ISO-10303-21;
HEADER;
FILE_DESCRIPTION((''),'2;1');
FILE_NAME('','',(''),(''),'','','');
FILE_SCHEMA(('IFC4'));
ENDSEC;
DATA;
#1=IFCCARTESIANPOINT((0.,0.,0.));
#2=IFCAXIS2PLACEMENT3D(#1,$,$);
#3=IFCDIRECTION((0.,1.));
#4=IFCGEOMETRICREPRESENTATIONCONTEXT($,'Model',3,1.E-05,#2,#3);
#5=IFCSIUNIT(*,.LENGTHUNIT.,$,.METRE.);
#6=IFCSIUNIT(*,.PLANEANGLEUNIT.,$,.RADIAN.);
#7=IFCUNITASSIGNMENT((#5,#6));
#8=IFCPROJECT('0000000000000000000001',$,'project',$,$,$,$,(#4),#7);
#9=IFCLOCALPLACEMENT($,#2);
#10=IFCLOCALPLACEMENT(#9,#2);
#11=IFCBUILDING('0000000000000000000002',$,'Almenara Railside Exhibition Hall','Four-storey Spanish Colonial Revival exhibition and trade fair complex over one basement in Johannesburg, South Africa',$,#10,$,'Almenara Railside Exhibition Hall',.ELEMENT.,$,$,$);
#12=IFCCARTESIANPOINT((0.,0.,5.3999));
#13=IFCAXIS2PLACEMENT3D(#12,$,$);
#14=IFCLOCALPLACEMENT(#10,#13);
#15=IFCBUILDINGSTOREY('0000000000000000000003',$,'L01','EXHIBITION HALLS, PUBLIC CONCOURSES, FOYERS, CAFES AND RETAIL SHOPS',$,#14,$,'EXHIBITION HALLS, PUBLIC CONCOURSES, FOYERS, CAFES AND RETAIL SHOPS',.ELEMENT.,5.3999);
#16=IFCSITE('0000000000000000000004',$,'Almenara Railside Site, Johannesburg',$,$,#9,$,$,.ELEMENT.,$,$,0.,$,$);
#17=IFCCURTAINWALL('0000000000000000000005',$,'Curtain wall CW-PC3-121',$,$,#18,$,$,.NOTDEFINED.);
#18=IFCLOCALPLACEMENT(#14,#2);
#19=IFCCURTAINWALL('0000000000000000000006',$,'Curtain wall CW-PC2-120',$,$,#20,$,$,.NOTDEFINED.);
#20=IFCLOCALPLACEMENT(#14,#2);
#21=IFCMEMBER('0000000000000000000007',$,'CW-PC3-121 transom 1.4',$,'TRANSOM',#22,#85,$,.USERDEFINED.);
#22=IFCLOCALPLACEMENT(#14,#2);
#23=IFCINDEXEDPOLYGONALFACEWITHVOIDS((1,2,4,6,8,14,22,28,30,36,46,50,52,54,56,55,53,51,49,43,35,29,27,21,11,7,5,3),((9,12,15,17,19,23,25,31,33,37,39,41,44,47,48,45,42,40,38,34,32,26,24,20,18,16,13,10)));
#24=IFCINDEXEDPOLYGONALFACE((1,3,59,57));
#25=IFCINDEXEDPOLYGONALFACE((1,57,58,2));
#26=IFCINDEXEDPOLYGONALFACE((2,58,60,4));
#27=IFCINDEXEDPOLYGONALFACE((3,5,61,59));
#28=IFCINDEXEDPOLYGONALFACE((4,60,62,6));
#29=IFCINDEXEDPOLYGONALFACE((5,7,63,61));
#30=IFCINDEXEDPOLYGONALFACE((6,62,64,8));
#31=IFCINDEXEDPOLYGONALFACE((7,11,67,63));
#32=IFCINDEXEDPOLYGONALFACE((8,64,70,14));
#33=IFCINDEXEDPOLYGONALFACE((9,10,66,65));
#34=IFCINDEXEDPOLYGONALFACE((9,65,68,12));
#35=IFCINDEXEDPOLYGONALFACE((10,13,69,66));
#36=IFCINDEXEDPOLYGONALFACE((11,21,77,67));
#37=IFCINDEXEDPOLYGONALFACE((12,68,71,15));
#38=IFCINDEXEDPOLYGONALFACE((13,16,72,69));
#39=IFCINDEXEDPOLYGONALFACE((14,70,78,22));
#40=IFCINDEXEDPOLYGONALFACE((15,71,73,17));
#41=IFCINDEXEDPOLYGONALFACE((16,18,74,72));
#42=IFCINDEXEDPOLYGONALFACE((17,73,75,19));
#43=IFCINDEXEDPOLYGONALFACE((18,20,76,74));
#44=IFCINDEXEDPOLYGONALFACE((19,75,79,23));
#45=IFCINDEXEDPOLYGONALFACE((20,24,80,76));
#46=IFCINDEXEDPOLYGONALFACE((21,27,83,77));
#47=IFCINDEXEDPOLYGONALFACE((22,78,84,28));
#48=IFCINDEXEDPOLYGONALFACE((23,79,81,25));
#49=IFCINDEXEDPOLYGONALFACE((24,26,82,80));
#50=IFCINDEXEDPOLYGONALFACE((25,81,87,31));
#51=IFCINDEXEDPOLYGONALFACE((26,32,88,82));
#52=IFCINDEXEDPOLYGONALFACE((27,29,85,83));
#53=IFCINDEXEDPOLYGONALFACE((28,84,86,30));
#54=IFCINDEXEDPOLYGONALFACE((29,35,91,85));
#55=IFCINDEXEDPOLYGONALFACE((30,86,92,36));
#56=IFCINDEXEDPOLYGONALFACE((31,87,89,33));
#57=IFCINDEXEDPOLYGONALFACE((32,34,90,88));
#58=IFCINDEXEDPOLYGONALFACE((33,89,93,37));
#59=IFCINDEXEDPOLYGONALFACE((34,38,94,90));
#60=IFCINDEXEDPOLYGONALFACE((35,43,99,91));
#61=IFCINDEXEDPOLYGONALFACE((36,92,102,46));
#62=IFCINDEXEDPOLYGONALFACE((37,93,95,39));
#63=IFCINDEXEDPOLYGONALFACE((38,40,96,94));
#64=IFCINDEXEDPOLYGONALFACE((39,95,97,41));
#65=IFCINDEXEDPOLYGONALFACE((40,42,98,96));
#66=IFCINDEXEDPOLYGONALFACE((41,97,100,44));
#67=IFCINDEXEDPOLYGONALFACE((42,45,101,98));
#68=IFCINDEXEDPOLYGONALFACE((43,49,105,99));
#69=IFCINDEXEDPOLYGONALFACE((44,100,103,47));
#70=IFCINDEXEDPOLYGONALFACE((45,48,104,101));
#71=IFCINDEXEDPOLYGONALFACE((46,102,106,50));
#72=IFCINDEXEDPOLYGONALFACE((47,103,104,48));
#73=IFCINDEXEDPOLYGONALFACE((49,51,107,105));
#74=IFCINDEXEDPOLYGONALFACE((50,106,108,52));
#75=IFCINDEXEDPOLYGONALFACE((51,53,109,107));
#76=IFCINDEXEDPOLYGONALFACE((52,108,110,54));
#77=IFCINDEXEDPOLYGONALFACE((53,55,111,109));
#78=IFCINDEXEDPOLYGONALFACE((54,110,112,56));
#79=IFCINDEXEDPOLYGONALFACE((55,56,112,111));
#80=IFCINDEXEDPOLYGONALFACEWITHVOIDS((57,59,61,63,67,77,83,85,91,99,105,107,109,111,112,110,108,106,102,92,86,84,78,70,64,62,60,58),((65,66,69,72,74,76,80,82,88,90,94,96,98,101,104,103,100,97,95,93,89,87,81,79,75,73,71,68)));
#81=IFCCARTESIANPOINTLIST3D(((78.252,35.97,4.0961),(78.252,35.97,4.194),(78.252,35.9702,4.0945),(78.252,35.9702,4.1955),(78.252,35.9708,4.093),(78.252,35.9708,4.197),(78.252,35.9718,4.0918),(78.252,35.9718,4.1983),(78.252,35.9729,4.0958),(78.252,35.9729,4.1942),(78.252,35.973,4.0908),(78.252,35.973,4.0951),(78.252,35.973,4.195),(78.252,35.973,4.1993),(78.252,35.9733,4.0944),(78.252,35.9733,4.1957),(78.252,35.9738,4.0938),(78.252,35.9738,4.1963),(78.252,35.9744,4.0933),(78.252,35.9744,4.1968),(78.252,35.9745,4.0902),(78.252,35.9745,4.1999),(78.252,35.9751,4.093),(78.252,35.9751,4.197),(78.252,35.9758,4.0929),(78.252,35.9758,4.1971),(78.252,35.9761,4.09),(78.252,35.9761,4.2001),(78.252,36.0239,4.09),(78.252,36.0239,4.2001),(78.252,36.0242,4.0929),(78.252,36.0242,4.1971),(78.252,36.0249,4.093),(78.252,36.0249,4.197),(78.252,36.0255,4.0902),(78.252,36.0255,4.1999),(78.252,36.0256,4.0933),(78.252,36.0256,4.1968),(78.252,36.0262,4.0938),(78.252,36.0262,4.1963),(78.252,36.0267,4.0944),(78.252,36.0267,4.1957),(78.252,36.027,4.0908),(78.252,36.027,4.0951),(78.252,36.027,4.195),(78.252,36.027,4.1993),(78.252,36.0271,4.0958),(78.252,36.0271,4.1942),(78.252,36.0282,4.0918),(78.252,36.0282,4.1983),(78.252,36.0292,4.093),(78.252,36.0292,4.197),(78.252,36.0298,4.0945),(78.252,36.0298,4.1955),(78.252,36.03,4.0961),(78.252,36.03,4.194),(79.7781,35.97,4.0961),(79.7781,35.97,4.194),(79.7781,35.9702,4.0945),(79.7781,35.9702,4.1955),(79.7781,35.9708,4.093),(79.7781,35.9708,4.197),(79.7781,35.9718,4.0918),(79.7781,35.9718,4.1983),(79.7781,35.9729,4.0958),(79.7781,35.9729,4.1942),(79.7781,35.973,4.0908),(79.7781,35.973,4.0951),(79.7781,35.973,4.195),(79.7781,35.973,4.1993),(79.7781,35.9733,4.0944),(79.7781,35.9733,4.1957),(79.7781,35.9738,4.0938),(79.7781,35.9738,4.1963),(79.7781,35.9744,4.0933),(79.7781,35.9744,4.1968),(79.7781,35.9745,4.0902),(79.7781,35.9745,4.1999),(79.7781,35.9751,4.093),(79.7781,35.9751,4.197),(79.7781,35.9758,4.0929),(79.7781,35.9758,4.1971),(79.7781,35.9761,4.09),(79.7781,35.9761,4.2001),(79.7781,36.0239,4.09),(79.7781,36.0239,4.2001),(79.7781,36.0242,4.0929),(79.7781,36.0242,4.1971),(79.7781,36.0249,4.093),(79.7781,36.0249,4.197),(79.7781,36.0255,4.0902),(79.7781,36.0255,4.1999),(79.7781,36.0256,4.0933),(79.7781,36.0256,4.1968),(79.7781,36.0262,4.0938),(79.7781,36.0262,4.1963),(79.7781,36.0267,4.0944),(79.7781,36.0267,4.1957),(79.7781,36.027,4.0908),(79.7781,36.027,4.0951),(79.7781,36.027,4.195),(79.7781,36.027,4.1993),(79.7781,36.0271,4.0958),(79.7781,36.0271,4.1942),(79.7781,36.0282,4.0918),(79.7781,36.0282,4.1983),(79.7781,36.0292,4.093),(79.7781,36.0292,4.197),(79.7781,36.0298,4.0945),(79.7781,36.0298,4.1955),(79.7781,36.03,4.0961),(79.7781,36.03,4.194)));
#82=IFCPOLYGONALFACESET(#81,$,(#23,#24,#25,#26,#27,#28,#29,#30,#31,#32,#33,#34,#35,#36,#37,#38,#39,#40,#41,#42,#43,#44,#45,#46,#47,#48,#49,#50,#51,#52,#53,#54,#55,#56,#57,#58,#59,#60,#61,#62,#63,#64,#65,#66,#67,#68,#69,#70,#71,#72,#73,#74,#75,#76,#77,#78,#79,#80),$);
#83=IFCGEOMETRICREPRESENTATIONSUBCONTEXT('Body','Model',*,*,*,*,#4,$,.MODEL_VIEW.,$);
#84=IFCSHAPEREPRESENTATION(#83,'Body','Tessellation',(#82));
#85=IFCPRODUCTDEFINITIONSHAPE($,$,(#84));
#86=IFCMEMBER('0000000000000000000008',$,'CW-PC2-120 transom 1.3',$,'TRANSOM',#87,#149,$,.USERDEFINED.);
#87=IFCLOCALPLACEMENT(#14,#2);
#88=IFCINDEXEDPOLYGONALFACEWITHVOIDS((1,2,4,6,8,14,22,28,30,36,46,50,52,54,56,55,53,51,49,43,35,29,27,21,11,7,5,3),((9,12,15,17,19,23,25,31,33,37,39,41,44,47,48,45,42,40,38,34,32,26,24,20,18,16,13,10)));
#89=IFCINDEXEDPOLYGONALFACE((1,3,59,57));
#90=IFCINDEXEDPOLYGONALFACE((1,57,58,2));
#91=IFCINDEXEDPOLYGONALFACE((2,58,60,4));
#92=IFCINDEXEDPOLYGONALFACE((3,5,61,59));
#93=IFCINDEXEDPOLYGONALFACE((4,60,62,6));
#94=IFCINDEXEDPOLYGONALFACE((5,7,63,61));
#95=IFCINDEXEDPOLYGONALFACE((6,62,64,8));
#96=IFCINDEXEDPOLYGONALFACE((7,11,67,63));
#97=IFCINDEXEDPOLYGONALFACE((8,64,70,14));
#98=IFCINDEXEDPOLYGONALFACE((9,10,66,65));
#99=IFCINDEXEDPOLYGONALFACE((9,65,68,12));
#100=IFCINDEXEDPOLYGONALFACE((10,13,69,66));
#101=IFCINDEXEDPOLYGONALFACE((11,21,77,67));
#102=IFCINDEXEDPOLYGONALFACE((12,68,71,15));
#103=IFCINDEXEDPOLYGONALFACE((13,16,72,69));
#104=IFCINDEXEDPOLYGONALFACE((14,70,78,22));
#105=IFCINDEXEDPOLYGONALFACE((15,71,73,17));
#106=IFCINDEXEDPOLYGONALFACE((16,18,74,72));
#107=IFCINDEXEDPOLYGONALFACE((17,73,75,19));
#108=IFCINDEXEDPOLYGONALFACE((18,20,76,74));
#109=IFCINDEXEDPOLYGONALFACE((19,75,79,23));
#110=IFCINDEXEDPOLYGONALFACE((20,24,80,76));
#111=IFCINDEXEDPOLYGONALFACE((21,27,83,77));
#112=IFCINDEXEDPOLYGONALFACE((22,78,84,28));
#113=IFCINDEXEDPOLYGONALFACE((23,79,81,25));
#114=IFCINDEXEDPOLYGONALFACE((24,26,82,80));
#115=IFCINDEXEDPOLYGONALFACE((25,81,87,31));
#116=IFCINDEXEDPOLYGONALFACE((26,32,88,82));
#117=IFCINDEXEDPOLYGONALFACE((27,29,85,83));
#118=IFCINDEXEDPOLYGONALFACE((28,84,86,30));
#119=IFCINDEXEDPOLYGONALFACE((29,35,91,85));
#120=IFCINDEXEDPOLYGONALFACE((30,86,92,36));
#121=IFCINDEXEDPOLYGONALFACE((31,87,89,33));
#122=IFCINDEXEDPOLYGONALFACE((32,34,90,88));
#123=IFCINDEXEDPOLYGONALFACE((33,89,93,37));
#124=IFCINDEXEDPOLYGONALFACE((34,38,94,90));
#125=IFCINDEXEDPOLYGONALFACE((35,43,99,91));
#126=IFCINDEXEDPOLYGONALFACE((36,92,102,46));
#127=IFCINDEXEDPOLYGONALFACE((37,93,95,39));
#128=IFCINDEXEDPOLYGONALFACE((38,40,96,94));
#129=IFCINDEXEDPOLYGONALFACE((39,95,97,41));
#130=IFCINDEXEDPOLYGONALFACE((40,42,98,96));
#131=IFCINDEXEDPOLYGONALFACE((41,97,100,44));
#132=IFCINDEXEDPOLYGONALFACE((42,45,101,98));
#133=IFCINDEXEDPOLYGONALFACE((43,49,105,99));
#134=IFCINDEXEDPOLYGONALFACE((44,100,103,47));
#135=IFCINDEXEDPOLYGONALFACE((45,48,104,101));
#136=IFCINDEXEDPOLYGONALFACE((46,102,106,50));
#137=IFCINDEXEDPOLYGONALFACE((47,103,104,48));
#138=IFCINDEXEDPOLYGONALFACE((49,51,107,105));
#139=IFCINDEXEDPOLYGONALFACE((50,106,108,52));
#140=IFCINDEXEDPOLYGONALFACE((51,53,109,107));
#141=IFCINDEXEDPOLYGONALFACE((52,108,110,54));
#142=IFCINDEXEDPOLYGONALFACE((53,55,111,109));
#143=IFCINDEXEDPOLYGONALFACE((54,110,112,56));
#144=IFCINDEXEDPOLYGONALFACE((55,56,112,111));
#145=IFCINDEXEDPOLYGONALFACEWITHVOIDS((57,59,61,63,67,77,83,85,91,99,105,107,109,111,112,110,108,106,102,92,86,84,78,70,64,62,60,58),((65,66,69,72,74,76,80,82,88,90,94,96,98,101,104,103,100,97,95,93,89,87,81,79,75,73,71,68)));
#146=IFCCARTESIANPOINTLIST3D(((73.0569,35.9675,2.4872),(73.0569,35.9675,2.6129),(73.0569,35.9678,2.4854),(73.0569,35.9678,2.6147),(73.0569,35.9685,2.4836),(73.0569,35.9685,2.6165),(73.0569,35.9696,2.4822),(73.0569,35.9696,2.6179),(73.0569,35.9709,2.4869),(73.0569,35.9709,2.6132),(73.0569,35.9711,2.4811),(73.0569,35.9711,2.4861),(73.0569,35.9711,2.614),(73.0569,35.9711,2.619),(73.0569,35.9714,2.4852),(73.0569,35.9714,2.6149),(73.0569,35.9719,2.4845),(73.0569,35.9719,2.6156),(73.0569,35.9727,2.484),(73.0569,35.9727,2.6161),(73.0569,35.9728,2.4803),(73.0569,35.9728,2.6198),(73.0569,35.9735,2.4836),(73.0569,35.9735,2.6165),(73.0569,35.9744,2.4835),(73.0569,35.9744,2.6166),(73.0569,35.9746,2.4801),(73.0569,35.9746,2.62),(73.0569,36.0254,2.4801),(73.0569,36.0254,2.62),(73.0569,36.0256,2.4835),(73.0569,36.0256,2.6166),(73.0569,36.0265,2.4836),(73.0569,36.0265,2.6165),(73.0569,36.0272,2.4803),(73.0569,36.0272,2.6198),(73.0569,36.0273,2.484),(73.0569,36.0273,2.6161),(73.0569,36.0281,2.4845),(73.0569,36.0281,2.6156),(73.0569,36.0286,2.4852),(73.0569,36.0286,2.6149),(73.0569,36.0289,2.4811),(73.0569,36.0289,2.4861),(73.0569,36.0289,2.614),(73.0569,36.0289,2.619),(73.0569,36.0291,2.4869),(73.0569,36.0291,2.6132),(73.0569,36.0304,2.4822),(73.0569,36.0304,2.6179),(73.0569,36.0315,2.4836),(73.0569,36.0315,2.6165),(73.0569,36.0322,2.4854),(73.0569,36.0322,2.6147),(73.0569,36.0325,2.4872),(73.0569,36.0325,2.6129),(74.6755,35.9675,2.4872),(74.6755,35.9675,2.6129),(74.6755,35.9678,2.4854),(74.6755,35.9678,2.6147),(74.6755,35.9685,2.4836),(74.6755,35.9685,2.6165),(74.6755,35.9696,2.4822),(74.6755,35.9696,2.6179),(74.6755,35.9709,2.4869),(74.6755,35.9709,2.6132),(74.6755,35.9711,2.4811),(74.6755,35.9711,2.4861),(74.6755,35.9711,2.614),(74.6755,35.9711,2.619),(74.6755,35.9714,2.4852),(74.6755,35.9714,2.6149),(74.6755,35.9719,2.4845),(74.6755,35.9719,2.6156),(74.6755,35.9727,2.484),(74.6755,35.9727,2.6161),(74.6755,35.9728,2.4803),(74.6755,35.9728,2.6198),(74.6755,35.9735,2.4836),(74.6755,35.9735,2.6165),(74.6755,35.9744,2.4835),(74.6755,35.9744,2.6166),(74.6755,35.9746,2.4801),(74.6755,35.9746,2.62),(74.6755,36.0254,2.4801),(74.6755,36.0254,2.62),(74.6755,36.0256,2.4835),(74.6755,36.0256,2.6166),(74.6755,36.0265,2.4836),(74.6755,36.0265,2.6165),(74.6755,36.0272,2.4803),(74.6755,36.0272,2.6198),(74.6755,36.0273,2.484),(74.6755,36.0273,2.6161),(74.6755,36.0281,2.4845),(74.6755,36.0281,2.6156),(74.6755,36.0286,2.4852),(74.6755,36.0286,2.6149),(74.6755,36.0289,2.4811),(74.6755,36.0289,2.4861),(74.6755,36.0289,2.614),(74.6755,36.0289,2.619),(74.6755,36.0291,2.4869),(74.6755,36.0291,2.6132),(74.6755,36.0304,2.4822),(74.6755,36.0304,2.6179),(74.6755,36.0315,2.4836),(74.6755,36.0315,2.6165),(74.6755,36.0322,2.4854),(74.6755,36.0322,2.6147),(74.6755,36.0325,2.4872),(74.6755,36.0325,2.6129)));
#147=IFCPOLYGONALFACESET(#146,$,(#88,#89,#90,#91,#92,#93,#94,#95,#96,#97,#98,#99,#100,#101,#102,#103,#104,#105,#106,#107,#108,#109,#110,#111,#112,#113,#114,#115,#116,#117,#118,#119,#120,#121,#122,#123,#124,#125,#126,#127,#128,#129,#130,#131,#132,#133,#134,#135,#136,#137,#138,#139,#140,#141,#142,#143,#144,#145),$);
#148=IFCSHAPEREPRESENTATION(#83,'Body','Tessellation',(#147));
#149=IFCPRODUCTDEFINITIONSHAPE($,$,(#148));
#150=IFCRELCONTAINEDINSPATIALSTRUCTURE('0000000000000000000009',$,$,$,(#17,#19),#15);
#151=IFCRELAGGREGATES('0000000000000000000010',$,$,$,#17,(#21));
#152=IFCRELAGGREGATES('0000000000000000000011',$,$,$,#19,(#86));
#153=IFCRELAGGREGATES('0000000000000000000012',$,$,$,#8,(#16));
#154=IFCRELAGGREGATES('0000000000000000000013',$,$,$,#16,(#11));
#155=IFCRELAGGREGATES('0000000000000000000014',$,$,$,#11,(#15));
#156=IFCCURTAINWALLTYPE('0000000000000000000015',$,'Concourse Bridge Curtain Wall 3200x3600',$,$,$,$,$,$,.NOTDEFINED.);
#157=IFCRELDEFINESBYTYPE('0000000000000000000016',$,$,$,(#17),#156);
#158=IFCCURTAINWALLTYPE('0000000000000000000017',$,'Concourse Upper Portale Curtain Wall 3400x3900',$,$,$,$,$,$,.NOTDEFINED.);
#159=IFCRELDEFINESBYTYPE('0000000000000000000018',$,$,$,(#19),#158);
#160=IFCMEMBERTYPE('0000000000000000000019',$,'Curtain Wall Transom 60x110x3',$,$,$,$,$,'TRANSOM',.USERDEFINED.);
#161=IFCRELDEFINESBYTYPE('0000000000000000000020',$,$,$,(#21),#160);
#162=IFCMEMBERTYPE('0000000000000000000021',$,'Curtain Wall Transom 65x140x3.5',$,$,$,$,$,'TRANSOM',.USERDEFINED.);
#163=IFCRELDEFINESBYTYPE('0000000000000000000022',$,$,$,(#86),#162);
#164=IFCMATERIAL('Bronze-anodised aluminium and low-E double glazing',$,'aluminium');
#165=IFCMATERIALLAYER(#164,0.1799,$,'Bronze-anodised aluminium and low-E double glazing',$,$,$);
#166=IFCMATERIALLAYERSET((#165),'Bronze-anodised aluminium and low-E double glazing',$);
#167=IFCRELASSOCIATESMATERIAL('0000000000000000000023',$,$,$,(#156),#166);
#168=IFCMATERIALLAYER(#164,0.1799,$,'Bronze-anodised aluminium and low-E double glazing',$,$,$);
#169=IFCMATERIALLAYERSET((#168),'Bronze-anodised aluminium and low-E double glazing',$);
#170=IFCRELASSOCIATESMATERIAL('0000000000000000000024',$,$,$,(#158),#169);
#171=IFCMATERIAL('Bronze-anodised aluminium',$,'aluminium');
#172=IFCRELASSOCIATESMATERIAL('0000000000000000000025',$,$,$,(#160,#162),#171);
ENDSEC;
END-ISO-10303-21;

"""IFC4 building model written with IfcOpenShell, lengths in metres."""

from ifc_helpers import new_model, si_unit, direction, frame, origin, origin_2d, place, context, subcontext, project, spatial, hollow_rectangle, extrude, material, layer, layer_set, material_profile, profile_set, type_object, element, aggregate, save


model = new_model("IFC4")

# Units and contexts
model_context = context("Model", 3, precision=1e-05, world=origin(), true_north=direction((0.0, 1.0)))
body_context = subcontext(model_context, "Body", "Model", "MODEL_VIEW")
ifc_project = project(units=[si_unit("LENGTHUNIT", "METRE"), si_unit("PLANEANGLEUNIT", "RADIAN")], contexts=[model_context])

# Site, building, storey
site_placement = place(None, origin())
site = spatial("IfcSite", under=ifc_project, at=site_placement, Name="Almenara Railside Site, Johannesburg", CompositionType="ELEMENT", RefElevation=0.0)
building_placement = place(site_placement, origin())
building = spatial("IfcBuilding", under=site, at=building_placement, Name="Almenara Railside Exhibition Hall", Description="Four-storey Spanish Colonial Revival exhibition and trade fair complex over one basement in Johannesburg, South Africa", LongName="Almenara Railside Exhibition Hall", CompositionType="ELEMENT")
storey_placement = place(building_placement, frame((0.0, 0.0, 5.3999)))
storey = spatial("IfcBuildingStorey", under=building, at=storey_placement, Name="L01", Description="EXHIBITION HALLS, PUBLIC CONCOURSES, FOYERS, CAFES AND RETAIL SHOPS", LongName="EXHIBITION HALLS, PUBLIC CONCOURSES, FOYERS, CAFES AND RETAIL SHOPS", CompositionType="ELEMENT", Elevation=5.3999)

# Curtain wall
ifc_material_1 = material(Name="Bronze-anodised aluminium and low-E double glazing", Category="aluminium")
ifc_layer_1 = layer(ifc_material_1, 0.1799, Name="Bronze-anodised aluminium and low-E double glazing")
ifc_layer_set_1 = layer_set([ifc_layer_1], Name="Bronze-anodised aluminium and low-E double glazing")
curtain_wall_type_1 = type_object("IfcCurtainWallType", Name="Concourse Bridge Curtain Wall 3200x3600", PredefinedType="NOTDEFINED", material=ifc_layer_set_1)
curtain_wall_1_placement = place(storey_placement, origin())
curtain_wall_1 = element("IfcCurtainWall", 1, at=curtain_wall_1_placement, inside=storey, type_object=curtain_wall_type_1, Name="Curtain wall CW-PC3-121", PredefinedType="NOTDEFINED")
ifc_material_2 = material(Name="Bronze-anodised aluminium", Category="aluminium")

# Curtain wall
ifc_layer_2 = layer(ifc_material_1, 0.1799, Name="Bronze-anodised aluminium and low-E double glazing")
ifc_layer_set_2 = layer_set([ifc_layer_2], Name="Bronze-anodised aluminium and low-E double glazing")
curtain_wall_type_2 = type_object("IfcCurtainWallType", Name="Concourse Upper Portale Curtain Wall 3400x3900", PredefinedType="NOTDEFINED", material=ifc_layer_set_2)
curtain_wall_2_placement = place(storey_placement, origin())
curtain_wall_2 = element("IfcCurtainWall", 2, at=curtain_wall_2_placement, inside=storey, type_object=curtain_wall_type_2, Name="Curtain wall CW-PC2-120", PredefinedType="NOTDEFINED")

# Members
ifc_material_profile_1 = material_profile(ifc_material_2, hollow_rectangle(XDim=0.0601, YDim=0.1101, WallThickness=0.0029, InnerFilletRadius=0.0029, OuterFilletRadius=0.0061, at=origin_2d()), Name="ALU-TRN 60x110x3")
ifc_profile_set_1 = profile_set([ifc_material_profile_1], Name="Bronze-anodised aluminium")
member_type_1 = type_object("IfcMemberType", Name="Curtain Wall Transom 60x110x3", ElementType="TRANSOM", PredefinedType="USERDEFINED", material=ifc_profile_set_1)
member_1_placement = place(storey_placement, frame((78.252, 36.0, 4.145), z_axis=(1.0, 0.0, 0.0), x_axis=(0.0, 1.0, 0.0)))
member_1 = element("IfcMember", 3, at=member_1_placement, type_object=member_type_1, Name="CW-PC3-121 transom 1.4", ObjectType="TRANSOM", PredefinedType="USERDEFINED", context=body_context, shape_type="SweptSolid", body=[
    extrude(hollow_rectangle(XDim=0.0601, YDim=0.1101, WallThickness=0.0029, InnerFilletRadius=0.0029, OuterFilletRadius=0.0061, at=origin_2d()), origin(), (0.0, 0.0, 1.0), 1.5261),
])
aggregate(curtain_wall_1, [member_1])
ifc_material_profile_2 = material_profile(ifc_material_2, hollow_rectangle(XDim=0.0649, YDim=0.1399, WallThickness=0.0034, InnerFilletRadius=0.0034, OuterFilletRadius=0.0071, at=origin_2d()), Name="ALU-TRN 65x140x3.5")
ifc_profile_set_2 = profile_set([ifc_material_profile_2], Name="Bronze-anodised aluminium")
member_type_2 = type_object("IfcMemberType", Name="Curtain Wall Transom 65x140x3.5", ElementType="TRANSOM", PredefinedType="USERDEFINED", material=ifc_profile_set_2)
member_2_placement = place(storey_placement, frame((73.0569, 36.0, 2.55), z_axis=(1.0, 0.0, 0.0), x_axis=(0.0, 1.0, 0.0)))
member_2 = element("IfcMember", 4, at=member_2_placement, type_object=member_type_2, Name="CW-PC2-120 transom 1.3", ObjectType="TRANSOM", PredefinedType="USERDEFINED", context=body_context, shape_type="SweptSolid", body=[
    extrude(hollow_rectangle(XDim=0.0649, YDim=0.1399, WallThickness=0.0034, InnerFilletRadius=0.0034, OuterFilletRadius=0.0071, at=origin_2d()), origin(), (0.0, 0.0, 1.0), 1.6187),
])

aggregate(curtain_wall_2, [member_2])

save(model, "model.ifc")
